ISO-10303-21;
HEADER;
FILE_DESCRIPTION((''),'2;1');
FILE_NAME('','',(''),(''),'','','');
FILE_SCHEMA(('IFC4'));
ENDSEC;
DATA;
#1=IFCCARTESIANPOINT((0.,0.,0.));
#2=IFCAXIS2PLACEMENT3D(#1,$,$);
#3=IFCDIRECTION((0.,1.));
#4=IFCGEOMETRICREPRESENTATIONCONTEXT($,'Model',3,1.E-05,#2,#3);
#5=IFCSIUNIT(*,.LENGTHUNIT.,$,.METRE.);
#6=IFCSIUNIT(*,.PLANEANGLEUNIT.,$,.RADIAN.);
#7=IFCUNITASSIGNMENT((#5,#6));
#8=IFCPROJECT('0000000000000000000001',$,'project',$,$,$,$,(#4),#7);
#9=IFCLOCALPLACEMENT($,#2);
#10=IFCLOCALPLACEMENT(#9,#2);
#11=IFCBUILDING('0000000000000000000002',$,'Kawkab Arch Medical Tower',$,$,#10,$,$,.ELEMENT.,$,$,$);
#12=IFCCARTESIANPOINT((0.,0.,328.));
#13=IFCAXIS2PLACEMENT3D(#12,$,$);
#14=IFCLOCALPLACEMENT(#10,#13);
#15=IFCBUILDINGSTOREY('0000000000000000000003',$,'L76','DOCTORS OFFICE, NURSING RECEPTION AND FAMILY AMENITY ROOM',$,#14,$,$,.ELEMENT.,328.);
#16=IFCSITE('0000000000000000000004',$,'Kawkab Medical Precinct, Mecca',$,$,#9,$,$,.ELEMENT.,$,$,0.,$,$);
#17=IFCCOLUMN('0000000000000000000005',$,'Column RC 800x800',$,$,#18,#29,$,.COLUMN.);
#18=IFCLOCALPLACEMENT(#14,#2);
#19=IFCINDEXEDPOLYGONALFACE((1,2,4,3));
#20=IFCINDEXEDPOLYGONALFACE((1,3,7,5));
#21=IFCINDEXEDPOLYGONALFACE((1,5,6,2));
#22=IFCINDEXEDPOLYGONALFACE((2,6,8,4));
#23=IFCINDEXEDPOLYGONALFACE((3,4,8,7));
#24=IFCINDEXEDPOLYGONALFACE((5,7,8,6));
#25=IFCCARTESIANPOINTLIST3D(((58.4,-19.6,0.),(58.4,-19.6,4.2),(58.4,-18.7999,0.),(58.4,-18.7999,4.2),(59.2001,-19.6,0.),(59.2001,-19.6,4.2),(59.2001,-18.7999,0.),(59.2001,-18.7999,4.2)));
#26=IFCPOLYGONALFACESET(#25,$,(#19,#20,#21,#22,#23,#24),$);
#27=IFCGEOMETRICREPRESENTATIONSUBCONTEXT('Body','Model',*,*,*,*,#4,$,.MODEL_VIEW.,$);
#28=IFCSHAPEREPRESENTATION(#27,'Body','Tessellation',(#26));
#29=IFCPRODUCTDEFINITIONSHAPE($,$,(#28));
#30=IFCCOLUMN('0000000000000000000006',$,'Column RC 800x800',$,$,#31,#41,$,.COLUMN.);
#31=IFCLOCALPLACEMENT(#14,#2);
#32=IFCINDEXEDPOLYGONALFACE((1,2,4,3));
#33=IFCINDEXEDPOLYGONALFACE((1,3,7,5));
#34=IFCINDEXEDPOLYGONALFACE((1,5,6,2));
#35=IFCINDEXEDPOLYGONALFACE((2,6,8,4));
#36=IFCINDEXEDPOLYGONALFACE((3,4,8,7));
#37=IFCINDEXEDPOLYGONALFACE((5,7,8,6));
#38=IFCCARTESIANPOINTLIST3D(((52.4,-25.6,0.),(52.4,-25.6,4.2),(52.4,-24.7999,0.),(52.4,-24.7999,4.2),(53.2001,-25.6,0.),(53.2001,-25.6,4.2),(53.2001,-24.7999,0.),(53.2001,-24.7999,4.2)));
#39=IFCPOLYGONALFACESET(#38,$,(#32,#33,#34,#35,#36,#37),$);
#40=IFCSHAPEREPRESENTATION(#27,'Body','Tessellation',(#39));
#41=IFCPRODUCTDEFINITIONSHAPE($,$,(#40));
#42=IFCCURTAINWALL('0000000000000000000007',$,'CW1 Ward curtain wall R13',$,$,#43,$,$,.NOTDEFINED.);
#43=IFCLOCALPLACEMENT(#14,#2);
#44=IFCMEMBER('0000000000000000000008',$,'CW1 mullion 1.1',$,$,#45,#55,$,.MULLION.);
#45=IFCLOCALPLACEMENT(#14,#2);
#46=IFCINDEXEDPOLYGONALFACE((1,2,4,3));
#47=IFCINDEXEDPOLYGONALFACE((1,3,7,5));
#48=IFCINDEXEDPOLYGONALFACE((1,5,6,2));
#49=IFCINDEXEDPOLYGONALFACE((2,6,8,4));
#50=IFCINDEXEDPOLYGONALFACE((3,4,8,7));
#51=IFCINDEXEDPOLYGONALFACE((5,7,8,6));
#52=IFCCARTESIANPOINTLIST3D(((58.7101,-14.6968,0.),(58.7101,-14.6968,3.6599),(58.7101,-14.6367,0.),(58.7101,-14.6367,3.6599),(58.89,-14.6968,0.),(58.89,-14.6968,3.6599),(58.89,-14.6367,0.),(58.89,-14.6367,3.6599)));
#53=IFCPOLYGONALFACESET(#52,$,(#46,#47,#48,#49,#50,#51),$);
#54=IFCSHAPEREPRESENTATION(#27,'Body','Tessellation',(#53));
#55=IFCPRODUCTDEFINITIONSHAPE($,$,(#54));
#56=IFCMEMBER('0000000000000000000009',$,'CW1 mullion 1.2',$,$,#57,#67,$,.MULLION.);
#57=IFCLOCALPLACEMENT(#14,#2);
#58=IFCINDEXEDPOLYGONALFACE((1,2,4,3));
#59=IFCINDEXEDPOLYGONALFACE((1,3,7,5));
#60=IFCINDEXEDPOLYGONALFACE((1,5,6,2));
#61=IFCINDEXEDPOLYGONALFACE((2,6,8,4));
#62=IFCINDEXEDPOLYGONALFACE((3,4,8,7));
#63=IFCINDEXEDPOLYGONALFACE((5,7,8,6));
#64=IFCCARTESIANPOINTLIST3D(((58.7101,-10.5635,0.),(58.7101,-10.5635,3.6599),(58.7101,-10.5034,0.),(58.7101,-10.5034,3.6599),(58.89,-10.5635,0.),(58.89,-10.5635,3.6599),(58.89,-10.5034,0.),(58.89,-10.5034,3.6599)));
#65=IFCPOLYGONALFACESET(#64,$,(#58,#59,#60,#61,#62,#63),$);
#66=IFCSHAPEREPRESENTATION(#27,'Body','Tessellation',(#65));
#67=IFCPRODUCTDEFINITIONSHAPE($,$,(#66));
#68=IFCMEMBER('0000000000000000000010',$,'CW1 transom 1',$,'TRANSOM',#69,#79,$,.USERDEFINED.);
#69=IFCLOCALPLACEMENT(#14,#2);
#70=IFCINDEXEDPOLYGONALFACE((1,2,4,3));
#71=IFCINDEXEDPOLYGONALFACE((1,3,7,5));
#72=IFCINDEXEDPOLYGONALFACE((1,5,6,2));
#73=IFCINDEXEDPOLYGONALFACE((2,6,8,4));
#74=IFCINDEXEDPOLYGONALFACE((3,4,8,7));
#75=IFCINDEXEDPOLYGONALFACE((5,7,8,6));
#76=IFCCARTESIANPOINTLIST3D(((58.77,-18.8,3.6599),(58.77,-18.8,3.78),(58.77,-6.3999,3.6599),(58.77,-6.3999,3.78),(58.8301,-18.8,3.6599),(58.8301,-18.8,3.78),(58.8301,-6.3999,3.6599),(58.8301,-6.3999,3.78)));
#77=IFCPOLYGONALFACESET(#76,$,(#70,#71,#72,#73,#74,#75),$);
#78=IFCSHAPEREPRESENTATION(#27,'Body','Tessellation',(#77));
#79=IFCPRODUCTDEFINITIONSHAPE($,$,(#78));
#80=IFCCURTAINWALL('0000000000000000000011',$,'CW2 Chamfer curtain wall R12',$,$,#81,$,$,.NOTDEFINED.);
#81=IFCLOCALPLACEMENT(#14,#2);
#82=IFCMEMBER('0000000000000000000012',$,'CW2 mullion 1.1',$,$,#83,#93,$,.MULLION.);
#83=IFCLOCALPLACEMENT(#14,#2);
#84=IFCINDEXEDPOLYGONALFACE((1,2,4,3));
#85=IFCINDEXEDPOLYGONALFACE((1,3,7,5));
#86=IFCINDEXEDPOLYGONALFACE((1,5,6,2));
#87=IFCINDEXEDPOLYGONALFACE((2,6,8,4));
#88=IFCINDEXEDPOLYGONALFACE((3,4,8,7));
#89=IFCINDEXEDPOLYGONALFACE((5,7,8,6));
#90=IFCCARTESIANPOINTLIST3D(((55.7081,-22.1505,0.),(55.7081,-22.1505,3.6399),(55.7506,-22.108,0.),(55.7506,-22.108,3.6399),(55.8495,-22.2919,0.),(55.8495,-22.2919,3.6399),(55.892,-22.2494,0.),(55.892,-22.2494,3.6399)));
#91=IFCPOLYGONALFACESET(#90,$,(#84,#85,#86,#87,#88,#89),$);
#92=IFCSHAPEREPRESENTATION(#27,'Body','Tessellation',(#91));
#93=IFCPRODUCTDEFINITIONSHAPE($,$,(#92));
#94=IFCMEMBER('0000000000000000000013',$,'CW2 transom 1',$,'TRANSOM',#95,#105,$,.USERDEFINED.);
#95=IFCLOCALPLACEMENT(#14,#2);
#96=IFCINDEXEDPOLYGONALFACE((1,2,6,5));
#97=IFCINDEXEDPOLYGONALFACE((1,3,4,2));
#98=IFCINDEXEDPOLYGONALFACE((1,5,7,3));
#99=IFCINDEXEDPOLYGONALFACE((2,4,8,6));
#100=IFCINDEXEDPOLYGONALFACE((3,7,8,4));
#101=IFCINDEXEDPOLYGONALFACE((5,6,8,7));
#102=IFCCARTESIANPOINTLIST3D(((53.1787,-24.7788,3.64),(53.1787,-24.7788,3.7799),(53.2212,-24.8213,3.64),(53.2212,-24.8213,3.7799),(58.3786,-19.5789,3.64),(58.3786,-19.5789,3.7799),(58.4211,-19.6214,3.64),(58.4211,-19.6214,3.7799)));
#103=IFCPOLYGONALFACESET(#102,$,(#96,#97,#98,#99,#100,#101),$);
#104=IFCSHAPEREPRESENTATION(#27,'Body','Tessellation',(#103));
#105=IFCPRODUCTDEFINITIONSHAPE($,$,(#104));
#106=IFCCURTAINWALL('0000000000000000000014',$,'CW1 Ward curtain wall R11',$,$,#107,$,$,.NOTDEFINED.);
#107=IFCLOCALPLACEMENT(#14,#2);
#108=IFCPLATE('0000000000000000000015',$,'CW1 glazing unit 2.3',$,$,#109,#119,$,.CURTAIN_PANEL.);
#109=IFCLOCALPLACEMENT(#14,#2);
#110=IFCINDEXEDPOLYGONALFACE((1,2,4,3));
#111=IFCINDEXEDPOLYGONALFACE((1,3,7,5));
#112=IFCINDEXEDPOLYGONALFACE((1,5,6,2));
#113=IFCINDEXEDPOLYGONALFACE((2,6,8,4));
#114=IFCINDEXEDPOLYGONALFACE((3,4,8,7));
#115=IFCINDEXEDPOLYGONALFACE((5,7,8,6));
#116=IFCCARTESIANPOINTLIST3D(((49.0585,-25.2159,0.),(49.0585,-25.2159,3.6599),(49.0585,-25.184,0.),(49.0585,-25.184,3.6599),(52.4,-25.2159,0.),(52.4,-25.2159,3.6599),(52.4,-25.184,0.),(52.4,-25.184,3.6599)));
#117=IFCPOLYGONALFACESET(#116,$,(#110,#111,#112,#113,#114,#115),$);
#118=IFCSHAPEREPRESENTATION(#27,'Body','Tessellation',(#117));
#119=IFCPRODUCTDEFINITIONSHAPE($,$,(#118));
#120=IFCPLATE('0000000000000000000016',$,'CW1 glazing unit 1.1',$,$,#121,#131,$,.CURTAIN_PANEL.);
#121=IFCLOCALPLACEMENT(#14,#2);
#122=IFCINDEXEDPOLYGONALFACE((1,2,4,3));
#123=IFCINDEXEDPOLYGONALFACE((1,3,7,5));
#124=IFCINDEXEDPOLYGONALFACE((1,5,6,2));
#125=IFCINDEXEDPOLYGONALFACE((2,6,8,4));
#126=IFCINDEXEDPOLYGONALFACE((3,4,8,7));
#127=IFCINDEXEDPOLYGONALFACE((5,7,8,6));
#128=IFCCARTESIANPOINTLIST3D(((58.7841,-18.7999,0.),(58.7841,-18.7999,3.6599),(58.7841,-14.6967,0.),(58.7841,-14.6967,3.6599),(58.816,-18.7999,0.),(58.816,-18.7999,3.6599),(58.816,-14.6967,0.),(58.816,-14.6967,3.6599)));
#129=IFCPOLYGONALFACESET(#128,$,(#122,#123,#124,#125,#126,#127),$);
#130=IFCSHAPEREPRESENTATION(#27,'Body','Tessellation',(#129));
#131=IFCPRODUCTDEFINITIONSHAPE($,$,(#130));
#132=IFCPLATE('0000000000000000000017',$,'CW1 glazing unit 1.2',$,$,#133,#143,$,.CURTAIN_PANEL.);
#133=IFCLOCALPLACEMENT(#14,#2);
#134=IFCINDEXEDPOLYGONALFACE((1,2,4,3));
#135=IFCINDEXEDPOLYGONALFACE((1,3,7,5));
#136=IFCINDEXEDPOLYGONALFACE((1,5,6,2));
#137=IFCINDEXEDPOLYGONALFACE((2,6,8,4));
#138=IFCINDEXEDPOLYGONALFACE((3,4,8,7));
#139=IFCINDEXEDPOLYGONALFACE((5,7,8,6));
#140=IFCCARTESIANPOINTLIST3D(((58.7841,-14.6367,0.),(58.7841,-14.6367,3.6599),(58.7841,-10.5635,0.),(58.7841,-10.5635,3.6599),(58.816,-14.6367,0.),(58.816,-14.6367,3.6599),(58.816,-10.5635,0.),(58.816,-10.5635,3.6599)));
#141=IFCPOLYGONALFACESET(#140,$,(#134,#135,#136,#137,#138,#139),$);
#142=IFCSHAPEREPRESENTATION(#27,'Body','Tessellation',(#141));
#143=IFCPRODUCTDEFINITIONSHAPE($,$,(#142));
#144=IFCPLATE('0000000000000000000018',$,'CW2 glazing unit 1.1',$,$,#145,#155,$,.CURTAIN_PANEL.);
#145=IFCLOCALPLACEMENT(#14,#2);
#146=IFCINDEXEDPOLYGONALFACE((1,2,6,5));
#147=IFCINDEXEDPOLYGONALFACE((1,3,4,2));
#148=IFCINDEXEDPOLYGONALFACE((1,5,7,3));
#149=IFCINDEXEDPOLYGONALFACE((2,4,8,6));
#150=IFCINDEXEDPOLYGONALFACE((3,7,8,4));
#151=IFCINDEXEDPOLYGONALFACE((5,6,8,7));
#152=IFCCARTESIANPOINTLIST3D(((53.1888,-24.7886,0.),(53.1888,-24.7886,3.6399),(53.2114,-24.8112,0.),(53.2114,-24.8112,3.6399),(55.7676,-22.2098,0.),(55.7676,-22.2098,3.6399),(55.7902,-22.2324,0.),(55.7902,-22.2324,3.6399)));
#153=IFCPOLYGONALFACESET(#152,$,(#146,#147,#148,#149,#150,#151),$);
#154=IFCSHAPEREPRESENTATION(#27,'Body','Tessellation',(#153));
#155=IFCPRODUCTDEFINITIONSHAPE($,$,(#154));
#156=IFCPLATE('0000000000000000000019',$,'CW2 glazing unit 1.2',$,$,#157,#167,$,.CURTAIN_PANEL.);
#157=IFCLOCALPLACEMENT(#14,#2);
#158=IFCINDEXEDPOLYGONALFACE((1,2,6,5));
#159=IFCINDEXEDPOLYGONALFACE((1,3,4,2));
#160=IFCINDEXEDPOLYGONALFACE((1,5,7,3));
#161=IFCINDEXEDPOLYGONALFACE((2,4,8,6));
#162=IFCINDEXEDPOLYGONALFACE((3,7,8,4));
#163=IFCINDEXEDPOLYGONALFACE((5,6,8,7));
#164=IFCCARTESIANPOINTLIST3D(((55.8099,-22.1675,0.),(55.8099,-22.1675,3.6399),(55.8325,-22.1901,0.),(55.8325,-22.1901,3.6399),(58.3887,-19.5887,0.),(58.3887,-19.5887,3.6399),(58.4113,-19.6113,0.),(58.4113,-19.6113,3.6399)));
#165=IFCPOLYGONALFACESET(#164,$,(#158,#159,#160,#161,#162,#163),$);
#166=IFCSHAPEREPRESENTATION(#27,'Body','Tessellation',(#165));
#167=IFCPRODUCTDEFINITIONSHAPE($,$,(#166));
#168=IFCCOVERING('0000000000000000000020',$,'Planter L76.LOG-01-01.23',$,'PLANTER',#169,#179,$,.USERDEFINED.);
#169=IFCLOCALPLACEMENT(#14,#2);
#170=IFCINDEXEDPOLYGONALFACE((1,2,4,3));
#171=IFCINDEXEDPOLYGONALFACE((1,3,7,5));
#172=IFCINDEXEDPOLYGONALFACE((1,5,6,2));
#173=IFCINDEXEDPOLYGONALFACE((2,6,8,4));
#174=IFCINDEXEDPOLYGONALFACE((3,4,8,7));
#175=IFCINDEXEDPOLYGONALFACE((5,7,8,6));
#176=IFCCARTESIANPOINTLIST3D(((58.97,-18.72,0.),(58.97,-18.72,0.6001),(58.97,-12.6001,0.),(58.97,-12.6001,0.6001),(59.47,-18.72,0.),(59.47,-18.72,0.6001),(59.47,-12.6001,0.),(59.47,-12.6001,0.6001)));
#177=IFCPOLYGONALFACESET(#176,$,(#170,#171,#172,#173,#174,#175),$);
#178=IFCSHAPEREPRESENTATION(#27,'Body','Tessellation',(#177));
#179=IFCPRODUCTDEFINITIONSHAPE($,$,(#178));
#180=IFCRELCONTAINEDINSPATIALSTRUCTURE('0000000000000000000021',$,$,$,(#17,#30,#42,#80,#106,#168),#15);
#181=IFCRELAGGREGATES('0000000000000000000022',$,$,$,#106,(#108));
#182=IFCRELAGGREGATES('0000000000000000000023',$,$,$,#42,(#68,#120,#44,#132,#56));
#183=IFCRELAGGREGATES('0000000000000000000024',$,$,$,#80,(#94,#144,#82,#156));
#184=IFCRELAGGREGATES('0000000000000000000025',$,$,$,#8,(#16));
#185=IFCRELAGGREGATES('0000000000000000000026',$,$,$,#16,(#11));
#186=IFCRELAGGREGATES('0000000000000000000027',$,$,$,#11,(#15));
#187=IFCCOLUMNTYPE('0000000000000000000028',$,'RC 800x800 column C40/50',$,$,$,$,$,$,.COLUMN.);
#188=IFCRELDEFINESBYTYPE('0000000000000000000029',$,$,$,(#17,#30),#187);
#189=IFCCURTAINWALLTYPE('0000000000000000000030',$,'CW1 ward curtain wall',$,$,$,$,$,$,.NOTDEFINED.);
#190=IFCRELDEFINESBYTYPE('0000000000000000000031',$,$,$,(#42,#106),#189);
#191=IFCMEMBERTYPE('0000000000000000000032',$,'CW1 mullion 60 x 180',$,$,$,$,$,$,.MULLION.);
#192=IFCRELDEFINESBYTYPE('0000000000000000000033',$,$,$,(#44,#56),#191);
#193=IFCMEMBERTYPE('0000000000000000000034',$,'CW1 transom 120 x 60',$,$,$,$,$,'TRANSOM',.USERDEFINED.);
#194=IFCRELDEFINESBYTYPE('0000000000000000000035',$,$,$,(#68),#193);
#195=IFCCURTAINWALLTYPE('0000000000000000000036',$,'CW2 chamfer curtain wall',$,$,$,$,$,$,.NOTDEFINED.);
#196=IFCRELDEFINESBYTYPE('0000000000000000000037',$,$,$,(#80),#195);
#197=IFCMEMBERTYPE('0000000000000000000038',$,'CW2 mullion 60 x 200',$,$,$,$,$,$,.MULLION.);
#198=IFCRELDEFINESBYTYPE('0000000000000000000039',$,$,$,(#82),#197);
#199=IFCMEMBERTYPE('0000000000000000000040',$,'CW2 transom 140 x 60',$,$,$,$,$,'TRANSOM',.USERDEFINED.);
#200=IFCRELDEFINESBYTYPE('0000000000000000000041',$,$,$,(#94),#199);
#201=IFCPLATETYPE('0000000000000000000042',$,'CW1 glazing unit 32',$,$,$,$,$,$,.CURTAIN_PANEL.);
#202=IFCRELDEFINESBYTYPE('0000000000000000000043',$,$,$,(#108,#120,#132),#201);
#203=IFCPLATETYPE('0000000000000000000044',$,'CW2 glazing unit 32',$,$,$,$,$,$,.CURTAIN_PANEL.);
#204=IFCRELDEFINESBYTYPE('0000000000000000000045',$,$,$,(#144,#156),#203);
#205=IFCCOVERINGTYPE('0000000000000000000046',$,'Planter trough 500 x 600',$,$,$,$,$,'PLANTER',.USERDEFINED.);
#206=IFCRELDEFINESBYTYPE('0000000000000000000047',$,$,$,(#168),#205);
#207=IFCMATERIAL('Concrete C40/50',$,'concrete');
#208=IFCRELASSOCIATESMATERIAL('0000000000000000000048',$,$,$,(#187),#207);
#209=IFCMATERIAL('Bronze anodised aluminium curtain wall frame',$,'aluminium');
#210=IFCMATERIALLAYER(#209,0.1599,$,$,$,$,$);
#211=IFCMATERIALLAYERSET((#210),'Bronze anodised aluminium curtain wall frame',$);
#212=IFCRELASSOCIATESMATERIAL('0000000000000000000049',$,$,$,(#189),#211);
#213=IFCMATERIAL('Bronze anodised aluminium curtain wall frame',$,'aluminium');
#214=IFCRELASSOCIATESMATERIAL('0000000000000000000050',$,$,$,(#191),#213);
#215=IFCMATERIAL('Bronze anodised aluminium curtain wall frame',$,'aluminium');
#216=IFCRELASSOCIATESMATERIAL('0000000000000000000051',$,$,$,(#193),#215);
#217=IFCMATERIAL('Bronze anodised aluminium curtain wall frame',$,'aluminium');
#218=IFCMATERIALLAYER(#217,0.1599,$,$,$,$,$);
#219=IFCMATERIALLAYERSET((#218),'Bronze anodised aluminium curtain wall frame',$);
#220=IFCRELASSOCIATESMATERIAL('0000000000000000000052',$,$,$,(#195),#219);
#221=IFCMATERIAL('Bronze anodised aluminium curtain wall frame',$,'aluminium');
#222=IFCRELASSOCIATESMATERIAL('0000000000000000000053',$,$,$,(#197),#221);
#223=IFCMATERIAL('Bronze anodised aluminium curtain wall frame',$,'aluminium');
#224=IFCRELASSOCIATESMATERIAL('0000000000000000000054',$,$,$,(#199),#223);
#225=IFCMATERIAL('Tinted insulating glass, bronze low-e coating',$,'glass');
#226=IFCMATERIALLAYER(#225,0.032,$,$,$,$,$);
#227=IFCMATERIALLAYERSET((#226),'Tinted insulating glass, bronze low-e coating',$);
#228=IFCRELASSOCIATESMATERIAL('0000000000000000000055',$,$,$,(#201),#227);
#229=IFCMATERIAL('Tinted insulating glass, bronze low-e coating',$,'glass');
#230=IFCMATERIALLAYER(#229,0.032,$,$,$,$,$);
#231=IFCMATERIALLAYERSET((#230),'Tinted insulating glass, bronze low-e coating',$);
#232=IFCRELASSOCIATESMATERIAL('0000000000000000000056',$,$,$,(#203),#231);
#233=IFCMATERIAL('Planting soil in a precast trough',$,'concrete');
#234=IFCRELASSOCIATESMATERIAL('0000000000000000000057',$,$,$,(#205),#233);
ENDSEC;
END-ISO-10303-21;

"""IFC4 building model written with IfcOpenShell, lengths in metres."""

from ifc_helpers import new_model, si_unit, direction, frame, origin, origin_2d, place, context, subcontext, project, spatial, rectangle, extrude, material, layer, layer_set, material_profile, profile_set, type_object, element, aggregate, save


model = new_model("IFC4")

# Units and contexts
model_context = context("Model", 3, precision=1e-05, world=origin(), true_north=direction((0.0, 1.0)))
body_context = subcontext(model_context, "Body", "Model", "MODEL_VIEW")
ifc_project = project(units=[si_unit("LENGTHUNIT", "METRE"), si_unit("PLANEANGLEUNIT", "RADIAN")], contexts=[model_context])

# Site, building, storey
site_placement = place(None, origin())
site = spatial("IfcSite", under=ifc_project, at=site_placement, Name="Kawkab Medical Precinct, Mecca", CompositionType="ELEMENT", RefElevation=0.0)
building_placement = place(site_placement, origin())
building = spatial("IfcBuilding", under=site, at=building_placement, Name="Kawkab Arch Medical Tower", CompositionType="ELEMENT")
storey_placement = place(building_placement, frame((0.0, 0.0, 328.0)))
storey = spatial("IfcBuildingStorey", under=building, at=storey_placement, Name="L76", Description="DOCTORS OFFICE, NURSING RECEPTION AND FAMILY AMENITY ROOM", CompositionType="ELEMENT", Elevation=328.0)

# Columns
ifc_material_1 = material(Name="Concrete C40/50", Category="concrete")
ifc_material_profile_1 = material_profile(ifc_material_1, rectangle(XDim=0.8, YDim=0.8, at=origin_2d()), Name="RC 800x800")
ifc_profile_set_1 = profile_set([ifc_material_profile_1], Name="Concrete C40/50")
column_type = type_object("IfcColumnType", Name="RC 800x800 column C40/50", PredefinedType="COLUMN", material=ifc_profile_set_1)
for number, where, z_axis, x_axis, name in (
    (1, (58.8, -19.2, 0.0), (0.0, 0.0, 1.0), (1.0, 0.0, 0.0), "Column RC 800x800"),
    (2, (52.8, -25.2, 0.0), (0.0, 0.0, 1.0), (1.0, 0.0, 0.0), "Column RC 800x800"),
):
    element("IfcColumn", number, at=place(storey_placement, frame(where, z_axis=z_axis, x_axis=x_axis)), inside=storey, type_object=column_type, Name=name, PredefinedType="COLUMN", context=body_context, shape_type="SweptSolid", body=[
        extrude(rectangle(XDim=0.8, YDim=0.8, at=origin_2d()), origin(), (0.0, 0.0, 1.0), 4.2),
    ])

# Curtain walls, members
ifc_material_2 = material(Name="Bronze anodised aluminium curtain wall frame", Category="aluminium")
ifc_layer_1 = layer(ifc_material_2, 0.1599)
ifc_layer_set_1 = layer_set([ifc_layer_1], Name="Bronze anodised aluminium curtain wall frame")
curtain_wall_type_1 = type_object("IfcCurtainWallType", Name="CW1 ward curtain wall", PredefinedType="NOTDEFINED", material=ifc_layer_set_1)
placement = place(storey_placement, origin())
curtain_wall_1 = element("IfcCurtainWall", 3, at=placement, inside=storey, type_object=curtain_wall_type_1, Name="CW1 Ward curtain wall R13", PredefinedType="NOTDEFINED")
ifc_material_3 = material(Name="Bronze anodised aluminium curtain wall frame", Category="aluminium")
ifc_material_profile_2 = material_profile(ifc_material_3, rectangle(XDim=0.1799, YDim=0.0601, at=origin_2d()), Name="AL 60x180")
ifc_profile_set_2 = profile_set([ifc_material_profile_2], Name="Bronze anodised aluminium curtain wall frame")
member_type_1 = type_object("IfcMemberType", Name="CW1 mullion 60 x 180", PredefinedType="MULLION", material=ifc_profile_set_2)
member_1_placement = place(storey_placement, frame((58.8, -14.6667, 0.0), z_axis=(0.0, 0.0, 1.0), x_axis=(-1.0, 0.0, 0.0)))
member_1 = element("IfcMember", 4, at=member_1_placement, type_object=member_type_1, Name="CW1 mullion 1.1", PredefinedType="MULLION", context=body_context, shape_type="SweptSolid", body=[
    extrude(rectangle(XDim=0.1799, YDim=0.0601, at=origin_2d()), origin(), (0.0, 0.0, 1.0), 3.6599),
])
member_2_placement = place(storey_placement, frame((58.8, -10.5334, 0.0), z_axis=(0.0, 0.0, 1.0), x_axis=(-1.0, 0.0, 0.0)))
member_2 = element("IfcMember", 5, at=member_2_placement, type_object=member_type_1, Name="CW1 mullion 1.2", PredefinedType="MULLION", context=body_context, shape_type="SweptSolid", body=[
    extrude(rectangle(XDim=0.1799, YDim=0.0601, at=origin_2d()), origin(), (0.0, 0.0, 1.0), 3.6599),
])
ifc_material_4 = material(Name="Bronze anodised aluminium curtain wall frame", Category="aluminium")
ifc_material_profile_3 = material_profile(ifc_material_4, rectangle(XDim=0.0601, YDim=0.1201, at=origin_2d()), Name="AL 60x120")
ifc_profile_set_3 = profile_set([ifc_material_profile_3], Name="Bronze anodised aluminium curtain wall frame")
member_type_2 = type_object("IfcMemberType", Name="CW1 transom 120 x 60", ElementType="TRANSOM", PredefinedType="USERDEFINED", material=ifc_profile_set_3)
member_3_placement = place(storey_placement, frame((58.8, -18.8, 3.72), z_axis=(0.0, 1.0, 0.0), x_axis=(-1.0, 0.0, 0.0)))
member_3 = element("IfcMember", 6, at=member_3_placement, type_object=member_type_2, Name="CW1 transom 1", ObjectType="TRANSOM", PredefinedType="USERDEFINED", context=body_context, shape_type="SweptSolid", body=[
    extrude(rectangle(XDim=0.0601, YDim=0.1201, at=origin_2d()), origin(), (0.0, 0.0, 1.0), 12.4001),
])
ifc_material_5 = material(Name="Bronze anodised aluminium curtain wall frame", Category="aluminium")
ifc_layer_2 = layer(ifc_material_5, 0.1599)
ifc_layer_set_2 = layer_set([ifc_layer_2], Name="Bronze anodised aluminium curtain wall frame")
curtain_wall_type_2 = type_object("IfcCurtainWallType", Name="CW2 chamfer curtain wall", PredefinedType="NOTDEFINED", material=ifc_layer_set_2)
curtain_wall_2 = element("IfcCurtainWall", 7, at=placement, inside=storey, type_object=curtain_wall_type_2, Name="CW2 Chamfer curtain wall R12", PredefinedType="NOTDEFINED")
ifc_material_6 = material(Name="Bronze anodised aluminium curtain wall frame", Category="aluminium")
ifc_material_profile_4 = material_profile(ifc_material_6, rectangle(XDim=0.2, YDim=0.0601, at=origin_2d()), Name="AL 60x200")
ifc_profile_set_4 = profile_set([ifc_material_profile_4], Name="Bronze anodised aluminium curtain wall frame")
member_type_3 = type_object("IfcMemberType", Name="CW2 mullion 60 x 200", PredefinedType="MULLION", material=ifc_profile_set_4)
member_4_placement = place(storey_placement, frame((55.8, -22.2, 0.0), z_axis=(0.0, 0.0, 1.0), x_axis=(-0.707107, 0.707107, 0.0)))
member_4 = element("IfcMember", 8, at=member_4_placement, type_object=member_type_3, Name="CW2 mullion 1.1", PredefinedType="MULLION", context=body_context, shape_type="SweptSolid", body=[
    extrude(rectangle(XDim=0.2, YDim=0.0601, at=origin_2d()), origin(), (0.0, 0.0, 1.0), 3.6399),
])
ifc_material_7 = material(Name="Bronze anodised aluminium curtain wall frame", Category="aluminium")
ifc_material_profile_5 = material_profile(ifc_material_7, rectangle(XDim=0.0601, YDim=0.1399, at=origin_2d()), Name="AL 60x140")
ifc_profile_set_5 = profile_set([ifc_material_profile_5], Name="Bronze anodised aluminium curtain wall frame")
member_type_4 = type_object("IfcMemberType", Name="CW2 transom 140 x 60", ElementType="TRANSOM", PredefinedType="USERDEFINED", material=ifc_profile_set_5)
member_5_placement = place(storey_placement, frame((53.2, -24.8, 3.71), z_axis=(0.707107, 0.707107, 0.0), x_axis=(-0.707107, 0.707107, 0.0)))
member_5 = element("IfcMember", 9, at=member_5_placement, type_object=member_type_4, Name="CW2 transom 1", ObjectType="TRANSOM", PredefinedType="USERDEFINED", context=body_context, shape_type="SweptSolid", body=[
    extrude(rectangle(XDim=0.0601, YDim=0.1399, at=origin_2d()), origin(), (0.0, 0.0, 1.0), 7.3538),
])

# Curtain wall, plate
curtain_wall_3 = element("IfcCurtainWall", 10, at=placement, inside=storey, type_object=curtain_wall_type_1, Name="CW1 Ward curtain wall R11", PredefinedType="NOTDEFINED")
ifc_material_8 = material(Name="Tinted insulating glass, bronze low-e coating", Category="glass")
ifc_layer_3 = layer(ifc_material_8, 0.032)
ifc_layer_set_3 = layer_set([ifc_layer_3], Name="Tinted insulating glass, bronze low-e coating")
plate_type_1 = type_object("IfcPlateType", Name="CW1 glazing unit 32", PredefinedType="CURTAIN_PANEL", material=ifc_layer_set_3)
plate_1_placement = place(storey_placement, frame((50.7292, -25.2, 0.0), z_axis=(0.0, 0.0, 1.0), x_axis=(1.0, 0.0, 0.0)))
plate_1 = element("IfcPlate", 11, at=plate_1_placement, type_object=plate_type_1, Name="CW1 glazing unit 2.3", PredefinedType="CURTAIN_PANEL", context=body_context, shape_type="SweptSolid", body=[
    extrude(rectangle(XDim=3.3416, YDim=0.032, at=origin_2d()), origin(), (0.0, 0.0, 1.0), 3.6599),
])
aggregate(curtain_wall_3, [plate_1])

# Plates
plate_2_placement = place(storey_placement, frame((58.8, -16.7483, 0.0), z_axis=(0.0, 0.0, 1.0), x_axis=(0.0, 1.0, 0.0)))
plate_2 = element("IfcPlate", 12, at=plate_2_placement, type_object=plate_type_1, Name="CW1 glazing unit 1.1", PredefinedType="CURTAIN_PANEL", context=body_context, shape_type="SweptSolid", body=[
    extrude(rectangle(XDim=4.1033, YDim=0.032, at=origin_2d()), origin(), (0.0, 0.0, 1.0), 3.6599),
])
plate_3_placement = place(storey_placement, frame((58.8, -12.6001, 0.0), z_axis=(0.0, 0.0, 1.0), x_axis=(0.0, 1.0, 0.0)))
plate_3 = element("IfcPlate", 13, at=plate_3_placement, type_object=plate_type_1, Name="CW1 glazing unit 1.2", PredefinedType="CURTAIN_PANEL", context=body_context, shape_type="SweptSolid", body=[
    extrude(rectangle(XDim=4.0732, YDim=0.032, at=origin_2d()), origin(), (0.0, 0.0, 1.0), 3.6599),
])
aggregate(curtain_wall_1, [member_3, plate_2, member_1, plate_3, member_2])
ifc_material_9 = material(Name="Tinted insulating glass, bronze low-e coating", Category="glass")
ifc_layer_4 = layer(ifc_material_9, 0.032)
ifc_layer_set_4 = layer_set([ifc_layer_4], Name="Tinted insulating glass, bronze low-e coating")
plate_type_2 = type_object("IfcPlateType", Name="CW2 glazing unit 32", PredefinedType="CURTAIN_PANEL", material=ifc_layer_set_4)
plate_4_placement = place(storey_placement, frame((54.4895, -23.5105, 0.0), z_axis=(0.0, 0.0, 1.0), x_axis=(0.707107, 0.707107, 0.0)))
plate_4 = element("IfcPlate", 14, at=plate_4_placement, type_object=plate_type_2, Name="CW2 glazing unit 1.1", PredefinedType="CURTAIN_PANEL", context=body_context, shape_type="SweptSolid", body=[
    extrude(rectangle(XDim=3.647, YDim=0.032, at=origin_2d()), origin(), (0.0, 0.0, 1.0), 3.6399),
])
plate_5_placement = place(storey_placement, frame((57.1106, -20.8894, 0.0), z_axis=(0.0, 0.0, 1.0), x_axis=(0.707107, 0.707107, 0.0)))
plate_5 = element("IfcPlate", 15, at=plate_5_placement, type_object=plate_type_2, Name="CW2 glazing unit 1.2", PredefinedType="CURTAIN_PANEL", context=body_context, shape_type="SweptSolid", body=[
    extrude(rectangle(XDim=3.647, YDim=0.032, at=origin_2d()), origin(), (0.0, 0.0, 1.0), 3.6399),
])
aggregate(curtain_wall_2, [member_5, plate_4, member_4, plate_5])

# Covering
ifc_material_10 = material(Name="Planting soil in a precast trough", Category="concrete")
ifc_material_profile_6 = material_profile(ifc_material_10, rectangle(XDim=0.5, YDim=0.6001, at=origin_2d()), Name="Trough 500x600")
ifc_profile_set_6 = profile_set([ifc_material_profile_6], Name="Planting soil in a precast trough")
covering_type = type_object("IfcCoveringType", Name="Planter trough 500 x 600", ElementType="PLANTER", PredefinedType="USERDEFINED", material=ifc_profile_set_6)
covering_1_placement = place(storey_placement, frame((59.22, -12.6001, 0.3), z_axis=(0.0, -1.0, 0.0), x_axis=(1.0, 0.0, 0.0)))
element("IfcCovering", 16, at=covering_1_placement, inside=storey, type_object=covering_type, Name="Planter L76.LOG-01-01.23", ObjectType="PLANTER", PredefinedType="USERDEFINED", context=body_context, shape_type="SweptSolid", body=[
    extrude(rectangle(XDim=0.5, YDim=0.6001, at=origin_2d()), origin(), (0.0, 0.0, 1.0), 6.1199),
])

save(model, "model.ifc")
